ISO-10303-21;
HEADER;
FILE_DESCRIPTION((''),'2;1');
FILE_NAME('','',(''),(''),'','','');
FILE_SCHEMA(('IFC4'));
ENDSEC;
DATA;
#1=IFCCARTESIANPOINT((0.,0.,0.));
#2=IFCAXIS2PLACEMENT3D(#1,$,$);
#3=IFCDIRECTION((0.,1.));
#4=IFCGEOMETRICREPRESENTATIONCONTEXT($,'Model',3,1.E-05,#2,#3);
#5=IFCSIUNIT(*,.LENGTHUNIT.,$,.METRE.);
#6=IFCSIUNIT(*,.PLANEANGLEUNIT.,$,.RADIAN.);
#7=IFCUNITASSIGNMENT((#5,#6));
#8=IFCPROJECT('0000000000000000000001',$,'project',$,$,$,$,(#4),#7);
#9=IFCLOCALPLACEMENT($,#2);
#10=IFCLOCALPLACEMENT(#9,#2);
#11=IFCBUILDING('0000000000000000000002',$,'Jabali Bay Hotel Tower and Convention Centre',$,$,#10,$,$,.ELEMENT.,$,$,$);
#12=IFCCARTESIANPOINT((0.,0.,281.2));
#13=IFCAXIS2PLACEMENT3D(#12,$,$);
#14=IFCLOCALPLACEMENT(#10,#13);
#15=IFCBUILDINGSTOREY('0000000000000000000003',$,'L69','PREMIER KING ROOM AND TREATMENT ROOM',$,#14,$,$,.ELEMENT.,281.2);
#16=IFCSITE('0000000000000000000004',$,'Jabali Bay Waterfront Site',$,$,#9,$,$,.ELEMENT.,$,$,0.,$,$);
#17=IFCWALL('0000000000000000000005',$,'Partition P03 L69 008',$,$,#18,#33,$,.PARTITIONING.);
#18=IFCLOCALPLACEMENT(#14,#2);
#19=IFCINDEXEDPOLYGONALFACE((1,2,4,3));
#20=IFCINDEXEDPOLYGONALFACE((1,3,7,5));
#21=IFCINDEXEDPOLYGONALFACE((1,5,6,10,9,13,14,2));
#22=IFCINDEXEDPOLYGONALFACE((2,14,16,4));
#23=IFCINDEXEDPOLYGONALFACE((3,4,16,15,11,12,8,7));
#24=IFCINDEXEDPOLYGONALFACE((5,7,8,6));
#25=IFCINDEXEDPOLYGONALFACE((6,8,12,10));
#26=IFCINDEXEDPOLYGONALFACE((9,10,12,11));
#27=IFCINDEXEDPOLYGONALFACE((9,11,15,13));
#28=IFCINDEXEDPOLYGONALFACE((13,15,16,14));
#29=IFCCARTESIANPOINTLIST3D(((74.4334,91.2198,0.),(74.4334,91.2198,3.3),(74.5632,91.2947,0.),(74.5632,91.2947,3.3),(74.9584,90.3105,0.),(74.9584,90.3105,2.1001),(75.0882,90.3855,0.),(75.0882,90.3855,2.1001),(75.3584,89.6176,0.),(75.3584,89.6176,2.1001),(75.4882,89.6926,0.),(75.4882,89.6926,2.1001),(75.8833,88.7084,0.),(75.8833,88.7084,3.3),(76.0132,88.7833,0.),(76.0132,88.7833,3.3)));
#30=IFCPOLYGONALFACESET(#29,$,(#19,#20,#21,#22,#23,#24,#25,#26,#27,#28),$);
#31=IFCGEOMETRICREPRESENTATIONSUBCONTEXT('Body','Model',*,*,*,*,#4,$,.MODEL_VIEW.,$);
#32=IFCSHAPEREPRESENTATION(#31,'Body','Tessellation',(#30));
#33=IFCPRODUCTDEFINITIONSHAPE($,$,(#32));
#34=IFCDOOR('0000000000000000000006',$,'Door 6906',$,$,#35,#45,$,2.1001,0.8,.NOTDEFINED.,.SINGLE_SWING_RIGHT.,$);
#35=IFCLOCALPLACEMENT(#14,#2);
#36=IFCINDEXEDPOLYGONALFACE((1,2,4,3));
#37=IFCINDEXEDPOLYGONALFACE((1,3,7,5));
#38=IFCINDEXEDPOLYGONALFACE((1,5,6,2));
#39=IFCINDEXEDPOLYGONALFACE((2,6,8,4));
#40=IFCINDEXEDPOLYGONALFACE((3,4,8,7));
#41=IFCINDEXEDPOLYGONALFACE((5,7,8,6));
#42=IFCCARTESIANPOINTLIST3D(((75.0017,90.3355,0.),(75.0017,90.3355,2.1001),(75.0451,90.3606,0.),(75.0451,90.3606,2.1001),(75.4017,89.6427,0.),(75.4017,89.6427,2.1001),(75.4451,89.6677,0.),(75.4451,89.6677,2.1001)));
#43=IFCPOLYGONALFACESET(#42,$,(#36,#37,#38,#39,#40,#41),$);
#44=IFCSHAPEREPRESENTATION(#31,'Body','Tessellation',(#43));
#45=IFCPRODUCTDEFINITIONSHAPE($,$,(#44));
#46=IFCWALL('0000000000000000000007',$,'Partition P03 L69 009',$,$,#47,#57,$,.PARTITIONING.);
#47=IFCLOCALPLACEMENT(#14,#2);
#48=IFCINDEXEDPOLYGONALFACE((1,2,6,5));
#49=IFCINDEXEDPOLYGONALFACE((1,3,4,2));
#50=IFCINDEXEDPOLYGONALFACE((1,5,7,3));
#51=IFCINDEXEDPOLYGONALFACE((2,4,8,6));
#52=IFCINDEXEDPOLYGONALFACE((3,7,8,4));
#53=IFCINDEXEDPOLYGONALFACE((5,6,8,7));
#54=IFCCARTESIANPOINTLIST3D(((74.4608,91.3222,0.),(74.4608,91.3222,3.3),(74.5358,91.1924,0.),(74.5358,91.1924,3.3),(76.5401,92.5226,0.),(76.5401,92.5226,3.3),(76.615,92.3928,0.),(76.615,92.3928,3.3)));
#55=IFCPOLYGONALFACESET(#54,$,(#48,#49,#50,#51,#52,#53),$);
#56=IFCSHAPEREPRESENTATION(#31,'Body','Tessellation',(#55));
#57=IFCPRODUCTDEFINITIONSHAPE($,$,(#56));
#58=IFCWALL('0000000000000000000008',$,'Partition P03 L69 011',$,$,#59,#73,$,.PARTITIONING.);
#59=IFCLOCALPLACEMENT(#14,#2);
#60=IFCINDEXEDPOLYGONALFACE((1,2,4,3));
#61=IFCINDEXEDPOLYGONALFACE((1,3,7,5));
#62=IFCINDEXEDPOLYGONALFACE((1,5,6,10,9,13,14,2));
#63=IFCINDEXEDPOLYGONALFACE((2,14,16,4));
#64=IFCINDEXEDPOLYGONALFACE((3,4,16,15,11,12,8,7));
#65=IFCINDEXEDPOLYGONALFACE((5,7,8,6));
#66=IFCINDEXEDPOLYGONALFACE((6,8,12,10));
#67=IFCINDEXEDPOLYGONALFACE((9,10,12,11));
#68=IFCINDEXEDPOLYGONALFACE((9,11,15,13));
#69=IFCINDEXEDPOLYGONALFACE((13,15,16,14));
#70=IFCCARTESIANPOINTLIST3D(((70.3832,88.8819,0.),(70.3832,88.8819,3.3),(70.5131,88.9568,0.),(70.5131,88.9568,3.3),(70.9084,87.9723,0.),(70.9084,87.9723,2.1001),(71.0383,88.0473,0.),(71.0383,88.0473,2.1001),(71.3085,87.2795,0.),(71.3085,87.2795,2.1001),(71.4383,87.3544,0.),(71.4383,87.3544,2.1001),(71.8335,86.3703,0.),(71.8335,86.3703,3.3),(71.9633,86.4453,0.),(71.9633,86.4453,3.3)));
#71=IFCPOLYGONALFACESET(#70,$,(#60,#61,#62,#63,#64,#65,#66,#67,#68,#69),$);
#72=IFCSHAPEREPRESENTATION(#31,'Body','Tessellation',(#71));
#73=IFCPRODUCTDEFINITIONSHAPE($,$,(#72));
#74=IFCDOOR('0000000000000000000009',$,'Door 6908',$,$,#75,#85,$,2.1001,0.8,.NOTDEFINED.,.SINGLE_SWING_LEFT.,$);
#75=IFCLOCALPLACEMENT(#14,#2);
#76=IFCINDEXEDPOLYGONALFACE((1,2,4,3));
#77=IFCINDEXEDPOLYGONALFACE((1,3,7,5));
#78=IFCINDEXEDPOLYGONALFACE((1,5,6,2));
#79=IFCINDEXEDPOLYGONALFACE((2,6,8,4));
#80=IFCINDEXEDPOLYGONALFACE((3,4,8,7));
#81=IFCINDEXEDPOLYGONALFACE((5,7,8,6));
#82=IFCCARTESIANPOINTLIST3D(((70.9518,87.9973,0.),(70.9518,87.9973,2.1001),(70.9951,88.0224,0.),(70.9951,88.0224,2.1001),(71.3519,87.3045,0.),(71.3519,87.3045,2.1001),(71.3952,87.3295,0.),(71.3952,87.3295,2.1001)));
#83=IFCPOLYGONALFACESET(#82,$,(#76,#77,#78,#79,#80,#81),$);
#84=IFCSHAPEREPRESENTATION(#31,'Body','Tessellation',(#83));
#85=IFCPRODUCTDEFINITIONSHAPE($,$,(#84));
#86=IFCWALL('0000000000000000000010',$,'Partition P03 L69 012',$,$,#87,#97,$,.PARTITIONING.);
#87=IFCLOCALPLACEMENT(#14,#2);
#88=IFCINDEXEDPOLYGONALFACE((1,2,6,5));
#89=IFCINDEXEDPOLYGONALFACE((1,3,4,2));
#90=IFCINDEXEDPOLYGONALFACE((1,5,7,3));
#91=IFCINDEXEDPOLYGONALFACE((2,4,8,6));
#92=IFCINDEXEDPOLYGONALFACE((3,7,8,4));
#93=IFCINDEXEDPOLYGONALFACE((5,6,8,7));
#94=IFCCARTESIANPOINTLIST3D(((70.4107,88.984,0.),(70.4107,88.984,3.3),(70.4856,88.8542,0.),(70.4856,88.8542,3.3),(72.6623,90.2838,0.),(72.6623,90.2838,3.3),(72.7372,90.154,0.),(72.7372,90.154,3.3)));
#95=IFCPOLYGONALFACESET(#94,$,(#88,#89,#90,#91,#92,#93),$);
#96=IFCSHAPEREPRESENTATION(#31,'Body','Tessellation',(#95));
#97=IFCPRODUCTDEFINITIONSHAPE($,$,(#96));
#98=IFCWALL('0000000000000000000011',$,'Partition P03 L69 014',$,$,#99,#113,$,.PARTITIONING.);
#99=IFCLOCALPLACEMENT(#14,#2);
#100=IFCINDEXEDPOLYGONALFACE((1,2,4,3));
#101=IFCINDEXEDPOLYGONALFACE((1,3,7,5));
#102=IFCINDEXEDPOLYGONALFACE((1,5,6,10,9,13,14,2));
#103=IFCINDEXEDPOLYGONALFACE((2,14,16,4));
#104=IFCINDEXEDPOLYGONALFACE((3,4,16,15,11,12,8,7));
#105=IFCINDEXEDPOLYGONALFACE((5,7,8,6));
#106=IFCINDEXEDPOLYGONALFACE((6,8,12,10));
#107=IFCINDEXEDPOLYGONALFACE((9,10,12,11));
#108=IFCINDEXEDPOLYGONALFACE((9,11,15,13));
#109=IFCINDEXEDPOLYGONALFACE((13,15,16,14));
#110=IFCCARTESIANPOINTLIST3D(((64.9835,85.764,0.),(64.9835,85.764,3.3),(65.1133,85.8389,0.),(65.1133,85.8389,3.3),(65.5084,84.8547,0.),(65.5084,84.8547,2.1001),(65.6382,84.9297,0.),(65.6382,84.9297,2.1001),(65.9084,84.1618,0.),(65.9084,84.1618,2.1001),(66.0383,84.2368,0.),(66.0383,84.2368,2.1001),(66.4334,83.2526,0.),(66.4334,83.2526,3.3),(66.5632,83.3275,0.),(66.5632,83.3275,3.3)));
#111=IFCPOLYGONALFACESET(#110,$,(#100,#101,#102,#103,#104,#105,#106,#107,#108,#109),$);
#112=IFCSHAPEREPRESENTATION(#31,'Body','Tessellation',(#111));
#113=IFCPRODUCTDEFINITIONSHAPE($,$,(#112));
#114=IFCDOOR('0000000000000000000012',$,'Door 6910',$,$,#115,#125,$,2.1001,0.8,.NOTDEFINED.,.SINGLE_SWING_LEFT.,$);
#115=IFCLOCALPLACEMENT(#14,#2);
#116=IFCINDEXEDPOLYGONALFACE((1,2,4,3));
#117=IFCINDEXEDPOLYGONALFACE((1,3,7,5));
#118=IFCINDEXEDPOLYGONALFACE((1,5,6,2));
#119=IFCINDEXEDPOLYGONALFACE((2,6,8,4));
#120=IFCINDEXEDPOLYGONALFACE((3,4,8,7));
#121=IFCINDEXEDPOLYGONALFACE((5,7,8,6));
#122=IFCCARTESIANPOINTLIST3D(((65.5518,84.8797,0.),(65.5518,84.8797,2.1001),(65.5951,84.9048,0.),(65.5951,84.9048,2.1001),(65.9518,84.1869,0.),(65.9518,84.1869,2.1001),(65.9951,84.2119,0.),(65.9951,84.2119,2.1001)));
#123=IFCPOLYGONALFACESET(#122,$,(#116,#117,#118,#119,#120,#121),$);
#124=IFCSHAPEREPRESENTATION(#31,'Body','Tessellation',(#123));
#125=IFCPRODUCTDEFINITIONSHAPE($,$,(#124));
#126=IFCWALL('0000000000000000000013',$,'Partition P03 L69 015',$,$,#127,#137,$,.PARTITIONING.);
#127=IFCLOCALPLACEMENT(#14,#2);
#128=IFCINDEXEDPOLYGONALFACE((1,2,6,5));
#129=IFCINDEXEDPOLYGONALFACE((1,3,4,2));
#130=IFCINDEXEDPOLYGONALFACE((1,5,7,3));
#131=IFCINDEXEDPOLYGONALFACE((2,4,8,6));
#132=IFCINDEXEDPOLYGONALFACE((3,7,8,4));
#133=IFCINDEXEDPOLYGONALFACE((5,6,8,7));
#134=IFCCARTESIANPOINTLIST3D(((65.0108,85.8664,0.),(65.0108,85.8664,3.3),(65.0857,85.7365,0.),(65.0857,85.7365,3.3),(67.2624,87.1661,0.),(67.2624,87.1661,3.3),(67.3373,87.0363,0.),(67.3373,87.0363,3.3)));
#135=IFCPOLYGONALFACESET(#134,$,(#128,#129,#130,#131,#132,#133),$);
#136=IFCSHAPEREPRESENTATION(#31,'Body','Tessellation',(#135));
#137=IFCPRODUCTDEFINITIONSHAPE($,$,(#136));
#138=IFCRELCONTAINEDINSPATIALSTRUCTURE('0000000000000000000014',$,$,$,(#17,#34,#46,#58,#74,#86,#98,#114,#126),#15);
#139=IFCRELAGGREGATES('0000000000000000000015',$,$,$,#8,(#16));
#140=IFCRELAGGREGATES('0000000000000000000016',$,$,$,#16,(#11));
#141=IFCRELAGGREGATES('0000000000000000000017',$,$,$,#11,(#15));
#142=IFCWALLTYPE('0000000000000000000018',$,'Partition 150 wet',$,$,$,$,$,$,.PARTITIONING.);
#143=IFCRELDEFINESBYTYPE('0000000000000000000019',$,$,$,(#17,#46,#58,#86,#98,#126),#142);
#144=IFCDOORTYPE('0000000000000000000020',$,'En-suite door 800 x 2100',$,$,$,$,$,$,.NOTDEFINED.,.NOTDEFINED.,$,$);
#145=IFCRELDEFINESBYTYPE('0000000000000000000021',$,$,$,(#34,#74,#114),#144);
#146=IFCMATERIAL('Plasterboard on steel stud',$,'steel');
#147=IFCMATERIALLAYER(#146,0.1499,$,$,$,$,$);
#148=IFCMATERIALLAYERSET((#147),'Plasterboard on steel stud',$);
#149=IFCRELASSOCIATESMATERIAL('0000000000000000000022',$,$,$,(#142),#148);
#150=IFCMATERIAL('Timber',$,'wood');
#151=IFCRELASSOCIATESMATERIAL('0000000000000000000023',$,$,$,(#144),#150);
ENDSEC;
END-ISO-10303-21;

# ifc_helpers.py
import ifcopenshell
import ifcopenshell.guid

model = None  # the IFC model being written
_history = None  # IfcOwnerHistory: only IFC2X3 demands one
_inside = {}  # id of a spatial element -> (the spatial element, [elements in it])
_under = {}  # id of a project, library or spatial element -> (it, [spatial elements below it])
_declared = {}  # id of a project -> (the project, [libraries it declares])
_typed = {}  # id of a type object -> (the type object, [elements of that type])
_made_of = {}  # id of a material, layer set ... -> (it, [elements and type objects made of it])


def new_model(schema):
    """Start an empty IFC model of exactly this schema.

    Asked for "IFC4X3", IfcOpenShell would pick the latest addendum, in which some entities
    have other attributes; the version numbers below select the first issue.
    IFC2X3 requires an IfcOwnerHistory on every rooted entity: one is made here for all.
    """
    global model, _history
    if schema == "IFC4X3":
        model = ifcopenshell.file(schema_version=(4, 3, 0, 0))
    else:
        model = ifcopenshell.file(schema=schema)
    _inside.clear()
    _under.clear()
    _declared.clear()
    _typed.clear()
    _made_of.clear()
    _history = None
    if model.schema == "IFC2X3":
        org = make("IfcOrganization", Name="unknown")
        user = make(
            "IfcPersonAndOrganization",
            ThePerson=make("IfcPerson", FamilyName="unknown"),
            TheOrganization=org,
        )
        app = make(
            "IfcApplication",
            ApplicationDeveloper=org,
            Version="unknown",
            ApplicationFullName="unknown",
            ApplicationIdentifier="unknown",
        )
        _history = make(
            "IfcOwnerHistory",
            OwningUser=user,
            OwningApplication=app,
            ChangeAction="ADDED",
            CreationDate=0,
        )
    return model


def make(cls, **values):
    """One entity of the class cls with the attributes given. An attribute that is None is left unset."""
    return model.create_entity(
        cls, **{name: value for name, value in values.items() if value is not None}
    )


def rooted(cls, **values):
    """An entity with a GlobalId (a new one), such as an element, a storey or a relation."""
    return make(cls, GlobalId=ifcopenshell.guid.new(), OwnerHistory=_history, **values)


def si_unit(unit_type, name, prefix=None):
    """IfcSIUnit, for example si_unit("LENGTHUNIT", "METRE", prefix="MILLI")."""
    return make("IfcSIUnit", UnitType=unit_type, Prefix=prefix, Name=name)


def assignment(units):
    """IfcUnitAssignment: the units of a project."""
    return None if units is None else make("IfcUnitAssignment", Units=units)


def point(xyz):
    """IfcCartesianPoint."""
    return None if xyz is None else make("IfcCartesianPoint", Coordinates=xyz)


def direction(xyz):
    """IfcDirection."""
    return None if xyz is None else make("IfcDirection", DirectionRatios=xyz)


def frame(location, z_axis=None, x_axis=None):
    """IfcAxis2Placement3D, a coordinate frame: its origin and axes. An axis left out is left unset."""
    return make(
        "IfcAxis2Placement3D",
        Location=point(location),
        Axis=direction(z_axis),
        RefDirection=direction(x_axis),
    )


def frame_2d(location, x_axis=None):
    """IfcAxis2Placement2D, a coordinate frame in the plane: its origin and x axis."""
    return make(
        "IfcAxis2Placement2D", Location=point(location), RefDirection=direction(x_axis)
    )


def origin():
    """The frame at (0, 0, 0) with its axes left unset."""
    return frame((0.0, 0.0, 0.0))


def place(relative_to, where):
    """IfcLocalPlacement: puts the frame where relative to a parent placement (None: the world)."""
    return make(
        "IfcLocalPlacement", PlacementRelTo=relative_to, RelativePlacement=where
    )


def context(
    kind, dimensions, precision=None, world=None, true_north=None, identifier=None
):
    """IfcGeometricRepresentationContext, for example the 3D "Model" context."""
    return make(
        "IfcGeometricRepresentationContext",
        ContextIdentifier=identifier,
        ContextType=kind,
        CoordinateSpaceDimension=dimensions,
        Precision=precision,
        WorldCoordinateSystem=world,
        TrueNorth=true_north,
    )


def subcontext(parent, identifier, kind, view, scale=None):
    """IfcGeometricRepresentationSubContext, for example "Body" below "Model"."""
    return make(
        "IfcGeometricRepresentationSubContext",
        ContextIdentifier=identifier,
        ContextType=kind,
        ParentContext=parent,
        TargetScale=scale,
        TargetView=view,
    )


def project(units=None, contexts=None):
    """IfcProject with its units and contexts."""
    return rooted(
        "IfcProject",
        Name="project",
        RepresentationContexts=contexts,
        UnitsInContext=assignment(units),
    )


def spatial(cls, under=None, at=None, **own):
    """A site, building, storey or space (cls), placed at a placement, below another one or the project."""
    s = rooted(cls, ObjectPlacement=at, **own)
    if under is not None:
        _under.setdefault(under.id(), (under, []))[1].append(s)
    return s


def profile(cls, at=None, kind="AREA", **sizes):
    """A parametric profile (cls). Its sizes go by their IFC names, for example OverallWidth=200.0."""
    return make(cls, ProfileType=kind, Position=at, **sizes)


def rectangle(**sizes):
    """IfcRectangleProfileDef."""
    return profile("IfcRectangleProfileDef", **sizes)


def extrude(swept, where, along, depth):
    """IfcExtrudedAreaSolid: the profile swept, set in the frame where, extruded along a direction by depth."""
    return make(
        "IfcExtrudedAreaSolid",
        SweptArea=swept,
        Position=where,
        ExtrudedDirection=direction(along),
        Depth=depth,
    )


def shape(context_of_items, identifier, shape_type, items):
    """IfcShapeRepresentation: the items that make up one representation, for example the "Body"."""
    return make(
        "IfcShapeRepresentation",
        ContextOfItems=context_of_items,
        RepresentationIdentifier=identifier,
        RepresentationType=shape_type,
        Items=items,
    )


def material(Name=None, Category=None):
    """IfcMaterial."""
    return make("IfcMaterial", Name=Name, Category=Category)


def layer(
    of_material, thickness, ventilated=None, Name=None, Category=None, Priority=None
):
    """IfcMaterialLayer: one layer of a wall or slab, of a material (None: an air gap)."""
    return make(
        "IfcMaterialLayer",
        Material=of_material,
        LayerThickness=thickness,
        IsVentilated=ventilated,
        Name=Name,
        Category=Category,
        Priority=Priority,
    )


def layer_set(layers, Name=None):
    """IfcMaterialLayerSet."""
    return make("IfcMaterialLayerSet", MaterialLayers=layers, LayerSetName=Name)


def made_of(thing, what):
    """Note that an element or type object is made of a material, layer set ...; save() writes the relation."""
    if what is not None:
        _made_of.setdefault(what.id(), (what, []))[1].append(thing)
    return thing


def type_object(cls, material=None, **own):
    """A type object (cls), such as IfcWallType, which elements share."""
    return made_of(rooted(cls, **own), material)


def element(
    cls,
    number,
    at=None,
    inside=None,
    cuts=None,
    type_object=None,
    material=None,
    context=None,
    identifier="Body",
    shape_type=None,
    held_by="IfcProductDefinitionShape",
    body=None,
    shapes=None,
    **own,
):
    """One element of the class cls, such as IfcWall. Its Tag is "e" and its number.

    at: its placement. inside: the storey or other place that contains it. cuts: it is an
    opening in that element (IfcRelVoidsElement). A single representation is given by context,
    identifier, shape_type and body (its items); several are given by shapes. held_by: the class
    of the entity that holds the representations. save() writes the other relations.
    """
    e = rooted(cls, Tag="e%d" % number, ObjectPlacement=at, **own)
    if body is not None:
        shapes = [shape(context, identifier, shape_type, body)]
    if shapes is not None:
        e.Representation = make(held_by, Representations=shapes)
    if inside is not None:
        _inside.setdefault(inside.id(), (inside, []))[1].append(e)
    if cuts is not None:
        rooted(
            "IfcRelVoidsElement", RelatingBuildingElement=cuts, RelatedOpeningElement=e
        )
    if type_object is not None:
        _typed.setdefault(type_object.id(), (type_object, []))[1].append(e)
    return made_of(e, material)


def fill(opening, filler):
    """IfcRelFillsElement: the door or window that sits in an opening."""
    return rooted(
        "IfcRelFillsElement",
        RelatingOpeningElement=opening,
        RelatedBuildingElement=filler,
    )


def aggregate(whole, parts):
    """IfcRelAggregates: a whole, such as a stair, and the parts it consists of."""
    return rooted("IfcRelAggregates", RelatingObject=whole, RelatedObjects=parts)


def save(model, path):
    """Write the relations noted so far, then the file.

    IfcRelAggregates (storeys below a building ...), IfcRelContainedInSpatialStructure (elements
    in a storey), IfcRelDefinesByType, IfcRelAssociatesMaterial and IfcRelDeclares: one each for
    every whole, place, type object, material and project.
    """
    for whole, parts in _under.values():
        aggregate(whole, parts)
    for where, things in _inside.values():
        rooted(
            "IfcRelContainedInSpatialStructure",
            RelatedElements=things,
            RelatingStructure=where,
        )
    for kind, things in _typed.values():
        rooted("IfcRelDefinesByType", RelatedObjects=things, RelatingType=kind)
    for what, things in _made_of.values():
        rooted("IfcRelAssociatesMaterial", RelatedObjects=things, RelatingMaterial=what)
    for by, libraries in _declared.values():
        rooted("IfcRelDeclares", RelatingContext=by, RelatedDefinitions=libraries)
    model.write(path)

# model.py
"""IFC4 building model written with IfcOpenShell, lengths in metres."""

from ifc_helpers import new_model, si_unit, direction, frame, frame_2d, origin, place, context, subcontext, project, spatial, rectangle, extrude, material, layer, layer_set, type_object, element, fill, save


model = new_model("IFC4")

# Units and contexts
model_context = context("Model", 3, precision=1e-05, world=origin(), true_north=direction((0.0, 1.0)))
body_context = subcontext(model_context, "Body", "Model", "MODEL_VIEW")
ifc_project = project(units=[si_unit("LENGTHUNIT", "METRE"), si_unit("PLANEANGLEUNIT", "RADIAN")], contexts=[model_context])

# Site, building, storey
site_placement = place(None, origin())
site = spatial("IfcSite", under=ifc_project, at=site_placement, Name="Jabali Bay Waterfront Site", CompositionType="ELEMENT", RefElevation=0.0)
building_placement = place(site_placement, origin())
building = spatial("IfcBuilding", under=site, at=building_placement, Name="Jabali Bay Hotel Tower and Convention Centre", CompositionType="ELEMENT")
storey_placement = place(building_placement, frame((0.0, 0.0, 281.2)))
storey = spatial("IfcBuildingStorey", under=building, at=storey_placement, Name="L69", Description="PREMIER KING ROOM AND TREATMENT ROOM", CompositionType="ELEMENT", Elevation=281.2)

# Shared definitions
ifc_material_1 = material(Name="Timber", Category="wood")

# Wall, opening, door
ifc_material_2 = material(Name="Plasterboard on steel stud", Category="steel")
ifc_layer_1 = layer(ifc_material_2, 0.1499)
ifc_layer_set_1 = layer_set([ifc_layer_1], Name="Plasterboard on steel stud")
wall_type_1 = type_object("IfcWallType", Name="Partition 150 wet", PredefinedType="PARTITIONING", material=ifc_layer_set_1)
wall_1_placement = place(storey_placement, frame((75.9482, 88.7458, 0.0), z_axis=(0.0, 0.0, 1.0), x_axis=(-0.499987, 0.866033, 0.0)))
wall_1 = element("IfcWall", 1, at=wall_1_placement, inside=storey, type_object=wall_type_1, Name="Partition P03 L69 008", PredefinedType="PARTITIONING", context=body_context, shape_type="SweptSolid", body=[
    extrude(rectangle(XDim=2.8999, YDim=0.1499, at=frame_2d((1.45, 0.0))), origin(), (0.0, 0.0, 1.0), 3.3),
])
opening_1_placement = place(wall_1_placement, frame((1.05, 0.0, 0.0)))
opening_1 = element("IfcOpeningElement", 2, at=opening_1_placement, cuts=wall_1, PredefinedType="OPENING", context=body_context, shape_type="SweptSolid", body=[
    extrude(rectangle(XDim=0.8, YDim=2.1001, at=frame_2d((0.3999, 1.05))), frame((0.0, 0.0854, 0.0), z_axis=(0.0, -1.0, 0.0), x_axis=(1.0, 0.0, 0.0)), (0.0, 0.0, 1.0), 0.1709),
])
door_type_1 = type_object("IfcDoorType", Name="En-suite door 800 x 2100", OperationType="NOTDEFINED", PredefinedType="NOTDEFINED", material=ifc_material_1)
door_1_placement = place(opening_1_placement, origin())
door_1 = element("IfcDoor", 3, at=door_1_placement, inside=storey, type_object=door_type_1, Name="Door 6906", OperationType="SINGLE_SWING_RIGHT", OverallHeight=2.1001, OverallWidth=0.8, PredefinedType="NOTDEFINED", context=body_context, shape_type="SweptSolid", body=[
    extrude(rectangle(XDim=0.8, YDim=2.1001, at=frame_2d((0.3999, 1.05))), frame((0.0, 0.0249, 0.0), z_axis=(0.0, -1.0, 0.0), x_axis=(1.0, 0.0, 0.0)), (0.0, 0.0, 1.0), 0.05),
])
fill(opening_1, door_1)

# Wall
wall_2_placement = place(storey_placement, frame((74.4983, 91.2573, 0.0), z_axis=(0.0, 0.0, 1.0), x_axis=(0.866038, 0.499978, 0.0)))
element("IfcWall", 4, at=wall_2_placement, inside=storey, type_object=wall_type_1, Name="Partition P03 L69 009", PredefinedType="PARTITIONING", context=body_context, shape_type="SweptSolid", body=[
    extrude(rectangle(XDim=2.4009, YDim=0.1499, at=frame_2d((1.2004, 0.0))), origin(), (0.0, 0.0, 1.0), 3.3),
])

# Wall, opening, door
wall_3_placement = place(storey_placement, frame((71.8984, 86.4077, 0.0), z_axis=(0.0, 0.0, 1.0), x_axis=(-0.50005, 0.865996, 0.0)))
wall_3 = element("IfcWall", 5, at=wall_3_placement, inside=storey, type_object=wall_type_1, Name="Partition P03 L69 011", PredefinedType="PARTITIONING", context=body_context, shape_type="SweptSolid", body=[
    extrude(rectangle(XDim=2.9001, YDim=0.1499, at=frame_2d((1.4502, 0.0))), origin(), (0.0, 0.0, 1.0), 3.3),
])
opening_2_placement = place(wall_3_placement, frame((1.05, 0.0, 0.0)))
opening_2 = element("IfcOpeningElement", 6, at=opening_2_placement, cuts=wall_3, PredefinedType="OPENING", context=body_context, shape_type="SweptSolid", body=[
    extrude(rectangle(XDim=0.8, YDim=2.1001, at=frame_2d((0.3999, 1.05))), frame((0.0, 0.0854, 0.0), z_axis=(0.0, -1.0, 0.0), x_axis=(1.0, 0.0, 0.0)), (0.0, 0.0, 1.0), 0.1709),
])
door_2_placement = place(opening_2_placement, origin())
door_2 = element("IfcDoor", 7, at=door_2_placement, inside=storey, type_object=door_type_1, Name="Door 6908", OperationType="SINGLE_SWING_LEFT", OverallHeight=2.1001, OverallWidth=0.8, PredefinedType="NOTDEFINED", context=body_context, shape_type="SweptSolid", body=[
    extrude(rectangle(XDim=0.8, YDim=2.1001, at=frame_2d((0.3999, 1.05))), frame((0.0, 0.0249, 0.0), z_axis=(0.0, -1.0, 0.0), x_axis=(1.0, 0.0, 0.0)), (0.0, 0.0, 1.0), 0.05),
])
fill(opening_2, door_2)

# Wall
wall_4_placement = place(storey_placement, frame((70.4482, 88.9192, 0.0), z_axis=(0.0, 0.0, 1.0), x_axis=(0.866062, 0.499937, 0.0)))
element("IfcWall", 8, at=wall_4_placement, inside=storey, type_object=wall_type_1, Name="Partition P03 L69 012", PredefinedType="PARTITIONING", context=body_context, shape_type="SweptSolid", body=[
    extrude(rectangle(XDim=2.5999, YDim=0.1499, at=frame_2d((1.2998, 0.0))), origin(), (0.0, 0.0, 1.0), 3.3),
])

# Wall, opening, door
wall_5_placement = place(storey_placement, frame((66.4983, 83.29, 0.0), z_axis=(0.0, 0.0, 1.0), x_axis=(-0.499987, 0.866033, 0.0)))
wall_5 = element("IfcWall", 9, at=wall_5_placement, inside=storey, type_object=wall_type_1, Name="Partition P03 L69 014", PredefinedType="PARTITIONING", context=body_context, shape_type="SweptSolid", body=[
    extrude(rectangle(XDim=2.8999, YDim=0.1499, at=frame_2d((1.45, 0.0))), origin(), (0.0, 0.0, 1.0), 3.3),
])
opening_3_placement = place(wall_5_placement, frame((1.05, 0.0, 0.0)))
opening_3 = element("IfcOpeningElement", 10, at=opening_3_placement, cuts=wall_5, PredefinedType="OPENING", context=body_context, shape_type="SweptSolid", body=[
    extrude(rectangle(XDim=0.8, YDim=2.1001, at=frame_2d((0.3999, 1.05))), frame((0.0, 0.0854, 0.0), z_axis=(0.0, -1.0, 0.0), x_axis=(1.0, 0.0, 0.0)), (0.0, 0.0, 1.0), 0.1709),
])
door_3_placement = place(opening_3_placement, origin())
door_3 = element("IfcDoor", 11, at=door_3_placement, inside=storey, type_object=door_type_1, Name="Door 6910", OperationType="SINGLE_SWING_LEFT", OverallHeight=2.1001, OverallWidth=0.8, PredefinedType="NOTDEFINED", context=body_context, shape_type="SweptSolid", body=[
    extrude(rectangle(XDim=0.8, YDim=2.1001, at=frame_2d((0.3999, 1.05))), frame((0.0, 0.0249, 0.0), z_axis=(0.0, -1.0, 0.0), x_axis=(1.0, 0.0, 0.0)), (0.0, 0.0, 1.0), 0.05),
])
fill(opening_3, door_3)

# Wall
wall_6_placement = place(storey_placement, frame((65.0483, 85.8015, 0.0), z_axis=(0.0, 0.0, 1.0), x_axis=(0.866062, 0.499937, 0.0)))
element("IfcWall", 12, at=wall_6_placement, inside=storey, type_object=wall_type_1, Name="Partition P03 L69 015", PredefinedType="PARTITIONING", context=body_context, shape_type="SweptSolid", body=[
    extrude(rectangle(XDim=2.5999, YDim=0.1499, at=frame_2d((1.2998, 0.0))), origin(), (0.0, 0.0, 1.0), 3.3),
])

save(model, "model.ifc")
